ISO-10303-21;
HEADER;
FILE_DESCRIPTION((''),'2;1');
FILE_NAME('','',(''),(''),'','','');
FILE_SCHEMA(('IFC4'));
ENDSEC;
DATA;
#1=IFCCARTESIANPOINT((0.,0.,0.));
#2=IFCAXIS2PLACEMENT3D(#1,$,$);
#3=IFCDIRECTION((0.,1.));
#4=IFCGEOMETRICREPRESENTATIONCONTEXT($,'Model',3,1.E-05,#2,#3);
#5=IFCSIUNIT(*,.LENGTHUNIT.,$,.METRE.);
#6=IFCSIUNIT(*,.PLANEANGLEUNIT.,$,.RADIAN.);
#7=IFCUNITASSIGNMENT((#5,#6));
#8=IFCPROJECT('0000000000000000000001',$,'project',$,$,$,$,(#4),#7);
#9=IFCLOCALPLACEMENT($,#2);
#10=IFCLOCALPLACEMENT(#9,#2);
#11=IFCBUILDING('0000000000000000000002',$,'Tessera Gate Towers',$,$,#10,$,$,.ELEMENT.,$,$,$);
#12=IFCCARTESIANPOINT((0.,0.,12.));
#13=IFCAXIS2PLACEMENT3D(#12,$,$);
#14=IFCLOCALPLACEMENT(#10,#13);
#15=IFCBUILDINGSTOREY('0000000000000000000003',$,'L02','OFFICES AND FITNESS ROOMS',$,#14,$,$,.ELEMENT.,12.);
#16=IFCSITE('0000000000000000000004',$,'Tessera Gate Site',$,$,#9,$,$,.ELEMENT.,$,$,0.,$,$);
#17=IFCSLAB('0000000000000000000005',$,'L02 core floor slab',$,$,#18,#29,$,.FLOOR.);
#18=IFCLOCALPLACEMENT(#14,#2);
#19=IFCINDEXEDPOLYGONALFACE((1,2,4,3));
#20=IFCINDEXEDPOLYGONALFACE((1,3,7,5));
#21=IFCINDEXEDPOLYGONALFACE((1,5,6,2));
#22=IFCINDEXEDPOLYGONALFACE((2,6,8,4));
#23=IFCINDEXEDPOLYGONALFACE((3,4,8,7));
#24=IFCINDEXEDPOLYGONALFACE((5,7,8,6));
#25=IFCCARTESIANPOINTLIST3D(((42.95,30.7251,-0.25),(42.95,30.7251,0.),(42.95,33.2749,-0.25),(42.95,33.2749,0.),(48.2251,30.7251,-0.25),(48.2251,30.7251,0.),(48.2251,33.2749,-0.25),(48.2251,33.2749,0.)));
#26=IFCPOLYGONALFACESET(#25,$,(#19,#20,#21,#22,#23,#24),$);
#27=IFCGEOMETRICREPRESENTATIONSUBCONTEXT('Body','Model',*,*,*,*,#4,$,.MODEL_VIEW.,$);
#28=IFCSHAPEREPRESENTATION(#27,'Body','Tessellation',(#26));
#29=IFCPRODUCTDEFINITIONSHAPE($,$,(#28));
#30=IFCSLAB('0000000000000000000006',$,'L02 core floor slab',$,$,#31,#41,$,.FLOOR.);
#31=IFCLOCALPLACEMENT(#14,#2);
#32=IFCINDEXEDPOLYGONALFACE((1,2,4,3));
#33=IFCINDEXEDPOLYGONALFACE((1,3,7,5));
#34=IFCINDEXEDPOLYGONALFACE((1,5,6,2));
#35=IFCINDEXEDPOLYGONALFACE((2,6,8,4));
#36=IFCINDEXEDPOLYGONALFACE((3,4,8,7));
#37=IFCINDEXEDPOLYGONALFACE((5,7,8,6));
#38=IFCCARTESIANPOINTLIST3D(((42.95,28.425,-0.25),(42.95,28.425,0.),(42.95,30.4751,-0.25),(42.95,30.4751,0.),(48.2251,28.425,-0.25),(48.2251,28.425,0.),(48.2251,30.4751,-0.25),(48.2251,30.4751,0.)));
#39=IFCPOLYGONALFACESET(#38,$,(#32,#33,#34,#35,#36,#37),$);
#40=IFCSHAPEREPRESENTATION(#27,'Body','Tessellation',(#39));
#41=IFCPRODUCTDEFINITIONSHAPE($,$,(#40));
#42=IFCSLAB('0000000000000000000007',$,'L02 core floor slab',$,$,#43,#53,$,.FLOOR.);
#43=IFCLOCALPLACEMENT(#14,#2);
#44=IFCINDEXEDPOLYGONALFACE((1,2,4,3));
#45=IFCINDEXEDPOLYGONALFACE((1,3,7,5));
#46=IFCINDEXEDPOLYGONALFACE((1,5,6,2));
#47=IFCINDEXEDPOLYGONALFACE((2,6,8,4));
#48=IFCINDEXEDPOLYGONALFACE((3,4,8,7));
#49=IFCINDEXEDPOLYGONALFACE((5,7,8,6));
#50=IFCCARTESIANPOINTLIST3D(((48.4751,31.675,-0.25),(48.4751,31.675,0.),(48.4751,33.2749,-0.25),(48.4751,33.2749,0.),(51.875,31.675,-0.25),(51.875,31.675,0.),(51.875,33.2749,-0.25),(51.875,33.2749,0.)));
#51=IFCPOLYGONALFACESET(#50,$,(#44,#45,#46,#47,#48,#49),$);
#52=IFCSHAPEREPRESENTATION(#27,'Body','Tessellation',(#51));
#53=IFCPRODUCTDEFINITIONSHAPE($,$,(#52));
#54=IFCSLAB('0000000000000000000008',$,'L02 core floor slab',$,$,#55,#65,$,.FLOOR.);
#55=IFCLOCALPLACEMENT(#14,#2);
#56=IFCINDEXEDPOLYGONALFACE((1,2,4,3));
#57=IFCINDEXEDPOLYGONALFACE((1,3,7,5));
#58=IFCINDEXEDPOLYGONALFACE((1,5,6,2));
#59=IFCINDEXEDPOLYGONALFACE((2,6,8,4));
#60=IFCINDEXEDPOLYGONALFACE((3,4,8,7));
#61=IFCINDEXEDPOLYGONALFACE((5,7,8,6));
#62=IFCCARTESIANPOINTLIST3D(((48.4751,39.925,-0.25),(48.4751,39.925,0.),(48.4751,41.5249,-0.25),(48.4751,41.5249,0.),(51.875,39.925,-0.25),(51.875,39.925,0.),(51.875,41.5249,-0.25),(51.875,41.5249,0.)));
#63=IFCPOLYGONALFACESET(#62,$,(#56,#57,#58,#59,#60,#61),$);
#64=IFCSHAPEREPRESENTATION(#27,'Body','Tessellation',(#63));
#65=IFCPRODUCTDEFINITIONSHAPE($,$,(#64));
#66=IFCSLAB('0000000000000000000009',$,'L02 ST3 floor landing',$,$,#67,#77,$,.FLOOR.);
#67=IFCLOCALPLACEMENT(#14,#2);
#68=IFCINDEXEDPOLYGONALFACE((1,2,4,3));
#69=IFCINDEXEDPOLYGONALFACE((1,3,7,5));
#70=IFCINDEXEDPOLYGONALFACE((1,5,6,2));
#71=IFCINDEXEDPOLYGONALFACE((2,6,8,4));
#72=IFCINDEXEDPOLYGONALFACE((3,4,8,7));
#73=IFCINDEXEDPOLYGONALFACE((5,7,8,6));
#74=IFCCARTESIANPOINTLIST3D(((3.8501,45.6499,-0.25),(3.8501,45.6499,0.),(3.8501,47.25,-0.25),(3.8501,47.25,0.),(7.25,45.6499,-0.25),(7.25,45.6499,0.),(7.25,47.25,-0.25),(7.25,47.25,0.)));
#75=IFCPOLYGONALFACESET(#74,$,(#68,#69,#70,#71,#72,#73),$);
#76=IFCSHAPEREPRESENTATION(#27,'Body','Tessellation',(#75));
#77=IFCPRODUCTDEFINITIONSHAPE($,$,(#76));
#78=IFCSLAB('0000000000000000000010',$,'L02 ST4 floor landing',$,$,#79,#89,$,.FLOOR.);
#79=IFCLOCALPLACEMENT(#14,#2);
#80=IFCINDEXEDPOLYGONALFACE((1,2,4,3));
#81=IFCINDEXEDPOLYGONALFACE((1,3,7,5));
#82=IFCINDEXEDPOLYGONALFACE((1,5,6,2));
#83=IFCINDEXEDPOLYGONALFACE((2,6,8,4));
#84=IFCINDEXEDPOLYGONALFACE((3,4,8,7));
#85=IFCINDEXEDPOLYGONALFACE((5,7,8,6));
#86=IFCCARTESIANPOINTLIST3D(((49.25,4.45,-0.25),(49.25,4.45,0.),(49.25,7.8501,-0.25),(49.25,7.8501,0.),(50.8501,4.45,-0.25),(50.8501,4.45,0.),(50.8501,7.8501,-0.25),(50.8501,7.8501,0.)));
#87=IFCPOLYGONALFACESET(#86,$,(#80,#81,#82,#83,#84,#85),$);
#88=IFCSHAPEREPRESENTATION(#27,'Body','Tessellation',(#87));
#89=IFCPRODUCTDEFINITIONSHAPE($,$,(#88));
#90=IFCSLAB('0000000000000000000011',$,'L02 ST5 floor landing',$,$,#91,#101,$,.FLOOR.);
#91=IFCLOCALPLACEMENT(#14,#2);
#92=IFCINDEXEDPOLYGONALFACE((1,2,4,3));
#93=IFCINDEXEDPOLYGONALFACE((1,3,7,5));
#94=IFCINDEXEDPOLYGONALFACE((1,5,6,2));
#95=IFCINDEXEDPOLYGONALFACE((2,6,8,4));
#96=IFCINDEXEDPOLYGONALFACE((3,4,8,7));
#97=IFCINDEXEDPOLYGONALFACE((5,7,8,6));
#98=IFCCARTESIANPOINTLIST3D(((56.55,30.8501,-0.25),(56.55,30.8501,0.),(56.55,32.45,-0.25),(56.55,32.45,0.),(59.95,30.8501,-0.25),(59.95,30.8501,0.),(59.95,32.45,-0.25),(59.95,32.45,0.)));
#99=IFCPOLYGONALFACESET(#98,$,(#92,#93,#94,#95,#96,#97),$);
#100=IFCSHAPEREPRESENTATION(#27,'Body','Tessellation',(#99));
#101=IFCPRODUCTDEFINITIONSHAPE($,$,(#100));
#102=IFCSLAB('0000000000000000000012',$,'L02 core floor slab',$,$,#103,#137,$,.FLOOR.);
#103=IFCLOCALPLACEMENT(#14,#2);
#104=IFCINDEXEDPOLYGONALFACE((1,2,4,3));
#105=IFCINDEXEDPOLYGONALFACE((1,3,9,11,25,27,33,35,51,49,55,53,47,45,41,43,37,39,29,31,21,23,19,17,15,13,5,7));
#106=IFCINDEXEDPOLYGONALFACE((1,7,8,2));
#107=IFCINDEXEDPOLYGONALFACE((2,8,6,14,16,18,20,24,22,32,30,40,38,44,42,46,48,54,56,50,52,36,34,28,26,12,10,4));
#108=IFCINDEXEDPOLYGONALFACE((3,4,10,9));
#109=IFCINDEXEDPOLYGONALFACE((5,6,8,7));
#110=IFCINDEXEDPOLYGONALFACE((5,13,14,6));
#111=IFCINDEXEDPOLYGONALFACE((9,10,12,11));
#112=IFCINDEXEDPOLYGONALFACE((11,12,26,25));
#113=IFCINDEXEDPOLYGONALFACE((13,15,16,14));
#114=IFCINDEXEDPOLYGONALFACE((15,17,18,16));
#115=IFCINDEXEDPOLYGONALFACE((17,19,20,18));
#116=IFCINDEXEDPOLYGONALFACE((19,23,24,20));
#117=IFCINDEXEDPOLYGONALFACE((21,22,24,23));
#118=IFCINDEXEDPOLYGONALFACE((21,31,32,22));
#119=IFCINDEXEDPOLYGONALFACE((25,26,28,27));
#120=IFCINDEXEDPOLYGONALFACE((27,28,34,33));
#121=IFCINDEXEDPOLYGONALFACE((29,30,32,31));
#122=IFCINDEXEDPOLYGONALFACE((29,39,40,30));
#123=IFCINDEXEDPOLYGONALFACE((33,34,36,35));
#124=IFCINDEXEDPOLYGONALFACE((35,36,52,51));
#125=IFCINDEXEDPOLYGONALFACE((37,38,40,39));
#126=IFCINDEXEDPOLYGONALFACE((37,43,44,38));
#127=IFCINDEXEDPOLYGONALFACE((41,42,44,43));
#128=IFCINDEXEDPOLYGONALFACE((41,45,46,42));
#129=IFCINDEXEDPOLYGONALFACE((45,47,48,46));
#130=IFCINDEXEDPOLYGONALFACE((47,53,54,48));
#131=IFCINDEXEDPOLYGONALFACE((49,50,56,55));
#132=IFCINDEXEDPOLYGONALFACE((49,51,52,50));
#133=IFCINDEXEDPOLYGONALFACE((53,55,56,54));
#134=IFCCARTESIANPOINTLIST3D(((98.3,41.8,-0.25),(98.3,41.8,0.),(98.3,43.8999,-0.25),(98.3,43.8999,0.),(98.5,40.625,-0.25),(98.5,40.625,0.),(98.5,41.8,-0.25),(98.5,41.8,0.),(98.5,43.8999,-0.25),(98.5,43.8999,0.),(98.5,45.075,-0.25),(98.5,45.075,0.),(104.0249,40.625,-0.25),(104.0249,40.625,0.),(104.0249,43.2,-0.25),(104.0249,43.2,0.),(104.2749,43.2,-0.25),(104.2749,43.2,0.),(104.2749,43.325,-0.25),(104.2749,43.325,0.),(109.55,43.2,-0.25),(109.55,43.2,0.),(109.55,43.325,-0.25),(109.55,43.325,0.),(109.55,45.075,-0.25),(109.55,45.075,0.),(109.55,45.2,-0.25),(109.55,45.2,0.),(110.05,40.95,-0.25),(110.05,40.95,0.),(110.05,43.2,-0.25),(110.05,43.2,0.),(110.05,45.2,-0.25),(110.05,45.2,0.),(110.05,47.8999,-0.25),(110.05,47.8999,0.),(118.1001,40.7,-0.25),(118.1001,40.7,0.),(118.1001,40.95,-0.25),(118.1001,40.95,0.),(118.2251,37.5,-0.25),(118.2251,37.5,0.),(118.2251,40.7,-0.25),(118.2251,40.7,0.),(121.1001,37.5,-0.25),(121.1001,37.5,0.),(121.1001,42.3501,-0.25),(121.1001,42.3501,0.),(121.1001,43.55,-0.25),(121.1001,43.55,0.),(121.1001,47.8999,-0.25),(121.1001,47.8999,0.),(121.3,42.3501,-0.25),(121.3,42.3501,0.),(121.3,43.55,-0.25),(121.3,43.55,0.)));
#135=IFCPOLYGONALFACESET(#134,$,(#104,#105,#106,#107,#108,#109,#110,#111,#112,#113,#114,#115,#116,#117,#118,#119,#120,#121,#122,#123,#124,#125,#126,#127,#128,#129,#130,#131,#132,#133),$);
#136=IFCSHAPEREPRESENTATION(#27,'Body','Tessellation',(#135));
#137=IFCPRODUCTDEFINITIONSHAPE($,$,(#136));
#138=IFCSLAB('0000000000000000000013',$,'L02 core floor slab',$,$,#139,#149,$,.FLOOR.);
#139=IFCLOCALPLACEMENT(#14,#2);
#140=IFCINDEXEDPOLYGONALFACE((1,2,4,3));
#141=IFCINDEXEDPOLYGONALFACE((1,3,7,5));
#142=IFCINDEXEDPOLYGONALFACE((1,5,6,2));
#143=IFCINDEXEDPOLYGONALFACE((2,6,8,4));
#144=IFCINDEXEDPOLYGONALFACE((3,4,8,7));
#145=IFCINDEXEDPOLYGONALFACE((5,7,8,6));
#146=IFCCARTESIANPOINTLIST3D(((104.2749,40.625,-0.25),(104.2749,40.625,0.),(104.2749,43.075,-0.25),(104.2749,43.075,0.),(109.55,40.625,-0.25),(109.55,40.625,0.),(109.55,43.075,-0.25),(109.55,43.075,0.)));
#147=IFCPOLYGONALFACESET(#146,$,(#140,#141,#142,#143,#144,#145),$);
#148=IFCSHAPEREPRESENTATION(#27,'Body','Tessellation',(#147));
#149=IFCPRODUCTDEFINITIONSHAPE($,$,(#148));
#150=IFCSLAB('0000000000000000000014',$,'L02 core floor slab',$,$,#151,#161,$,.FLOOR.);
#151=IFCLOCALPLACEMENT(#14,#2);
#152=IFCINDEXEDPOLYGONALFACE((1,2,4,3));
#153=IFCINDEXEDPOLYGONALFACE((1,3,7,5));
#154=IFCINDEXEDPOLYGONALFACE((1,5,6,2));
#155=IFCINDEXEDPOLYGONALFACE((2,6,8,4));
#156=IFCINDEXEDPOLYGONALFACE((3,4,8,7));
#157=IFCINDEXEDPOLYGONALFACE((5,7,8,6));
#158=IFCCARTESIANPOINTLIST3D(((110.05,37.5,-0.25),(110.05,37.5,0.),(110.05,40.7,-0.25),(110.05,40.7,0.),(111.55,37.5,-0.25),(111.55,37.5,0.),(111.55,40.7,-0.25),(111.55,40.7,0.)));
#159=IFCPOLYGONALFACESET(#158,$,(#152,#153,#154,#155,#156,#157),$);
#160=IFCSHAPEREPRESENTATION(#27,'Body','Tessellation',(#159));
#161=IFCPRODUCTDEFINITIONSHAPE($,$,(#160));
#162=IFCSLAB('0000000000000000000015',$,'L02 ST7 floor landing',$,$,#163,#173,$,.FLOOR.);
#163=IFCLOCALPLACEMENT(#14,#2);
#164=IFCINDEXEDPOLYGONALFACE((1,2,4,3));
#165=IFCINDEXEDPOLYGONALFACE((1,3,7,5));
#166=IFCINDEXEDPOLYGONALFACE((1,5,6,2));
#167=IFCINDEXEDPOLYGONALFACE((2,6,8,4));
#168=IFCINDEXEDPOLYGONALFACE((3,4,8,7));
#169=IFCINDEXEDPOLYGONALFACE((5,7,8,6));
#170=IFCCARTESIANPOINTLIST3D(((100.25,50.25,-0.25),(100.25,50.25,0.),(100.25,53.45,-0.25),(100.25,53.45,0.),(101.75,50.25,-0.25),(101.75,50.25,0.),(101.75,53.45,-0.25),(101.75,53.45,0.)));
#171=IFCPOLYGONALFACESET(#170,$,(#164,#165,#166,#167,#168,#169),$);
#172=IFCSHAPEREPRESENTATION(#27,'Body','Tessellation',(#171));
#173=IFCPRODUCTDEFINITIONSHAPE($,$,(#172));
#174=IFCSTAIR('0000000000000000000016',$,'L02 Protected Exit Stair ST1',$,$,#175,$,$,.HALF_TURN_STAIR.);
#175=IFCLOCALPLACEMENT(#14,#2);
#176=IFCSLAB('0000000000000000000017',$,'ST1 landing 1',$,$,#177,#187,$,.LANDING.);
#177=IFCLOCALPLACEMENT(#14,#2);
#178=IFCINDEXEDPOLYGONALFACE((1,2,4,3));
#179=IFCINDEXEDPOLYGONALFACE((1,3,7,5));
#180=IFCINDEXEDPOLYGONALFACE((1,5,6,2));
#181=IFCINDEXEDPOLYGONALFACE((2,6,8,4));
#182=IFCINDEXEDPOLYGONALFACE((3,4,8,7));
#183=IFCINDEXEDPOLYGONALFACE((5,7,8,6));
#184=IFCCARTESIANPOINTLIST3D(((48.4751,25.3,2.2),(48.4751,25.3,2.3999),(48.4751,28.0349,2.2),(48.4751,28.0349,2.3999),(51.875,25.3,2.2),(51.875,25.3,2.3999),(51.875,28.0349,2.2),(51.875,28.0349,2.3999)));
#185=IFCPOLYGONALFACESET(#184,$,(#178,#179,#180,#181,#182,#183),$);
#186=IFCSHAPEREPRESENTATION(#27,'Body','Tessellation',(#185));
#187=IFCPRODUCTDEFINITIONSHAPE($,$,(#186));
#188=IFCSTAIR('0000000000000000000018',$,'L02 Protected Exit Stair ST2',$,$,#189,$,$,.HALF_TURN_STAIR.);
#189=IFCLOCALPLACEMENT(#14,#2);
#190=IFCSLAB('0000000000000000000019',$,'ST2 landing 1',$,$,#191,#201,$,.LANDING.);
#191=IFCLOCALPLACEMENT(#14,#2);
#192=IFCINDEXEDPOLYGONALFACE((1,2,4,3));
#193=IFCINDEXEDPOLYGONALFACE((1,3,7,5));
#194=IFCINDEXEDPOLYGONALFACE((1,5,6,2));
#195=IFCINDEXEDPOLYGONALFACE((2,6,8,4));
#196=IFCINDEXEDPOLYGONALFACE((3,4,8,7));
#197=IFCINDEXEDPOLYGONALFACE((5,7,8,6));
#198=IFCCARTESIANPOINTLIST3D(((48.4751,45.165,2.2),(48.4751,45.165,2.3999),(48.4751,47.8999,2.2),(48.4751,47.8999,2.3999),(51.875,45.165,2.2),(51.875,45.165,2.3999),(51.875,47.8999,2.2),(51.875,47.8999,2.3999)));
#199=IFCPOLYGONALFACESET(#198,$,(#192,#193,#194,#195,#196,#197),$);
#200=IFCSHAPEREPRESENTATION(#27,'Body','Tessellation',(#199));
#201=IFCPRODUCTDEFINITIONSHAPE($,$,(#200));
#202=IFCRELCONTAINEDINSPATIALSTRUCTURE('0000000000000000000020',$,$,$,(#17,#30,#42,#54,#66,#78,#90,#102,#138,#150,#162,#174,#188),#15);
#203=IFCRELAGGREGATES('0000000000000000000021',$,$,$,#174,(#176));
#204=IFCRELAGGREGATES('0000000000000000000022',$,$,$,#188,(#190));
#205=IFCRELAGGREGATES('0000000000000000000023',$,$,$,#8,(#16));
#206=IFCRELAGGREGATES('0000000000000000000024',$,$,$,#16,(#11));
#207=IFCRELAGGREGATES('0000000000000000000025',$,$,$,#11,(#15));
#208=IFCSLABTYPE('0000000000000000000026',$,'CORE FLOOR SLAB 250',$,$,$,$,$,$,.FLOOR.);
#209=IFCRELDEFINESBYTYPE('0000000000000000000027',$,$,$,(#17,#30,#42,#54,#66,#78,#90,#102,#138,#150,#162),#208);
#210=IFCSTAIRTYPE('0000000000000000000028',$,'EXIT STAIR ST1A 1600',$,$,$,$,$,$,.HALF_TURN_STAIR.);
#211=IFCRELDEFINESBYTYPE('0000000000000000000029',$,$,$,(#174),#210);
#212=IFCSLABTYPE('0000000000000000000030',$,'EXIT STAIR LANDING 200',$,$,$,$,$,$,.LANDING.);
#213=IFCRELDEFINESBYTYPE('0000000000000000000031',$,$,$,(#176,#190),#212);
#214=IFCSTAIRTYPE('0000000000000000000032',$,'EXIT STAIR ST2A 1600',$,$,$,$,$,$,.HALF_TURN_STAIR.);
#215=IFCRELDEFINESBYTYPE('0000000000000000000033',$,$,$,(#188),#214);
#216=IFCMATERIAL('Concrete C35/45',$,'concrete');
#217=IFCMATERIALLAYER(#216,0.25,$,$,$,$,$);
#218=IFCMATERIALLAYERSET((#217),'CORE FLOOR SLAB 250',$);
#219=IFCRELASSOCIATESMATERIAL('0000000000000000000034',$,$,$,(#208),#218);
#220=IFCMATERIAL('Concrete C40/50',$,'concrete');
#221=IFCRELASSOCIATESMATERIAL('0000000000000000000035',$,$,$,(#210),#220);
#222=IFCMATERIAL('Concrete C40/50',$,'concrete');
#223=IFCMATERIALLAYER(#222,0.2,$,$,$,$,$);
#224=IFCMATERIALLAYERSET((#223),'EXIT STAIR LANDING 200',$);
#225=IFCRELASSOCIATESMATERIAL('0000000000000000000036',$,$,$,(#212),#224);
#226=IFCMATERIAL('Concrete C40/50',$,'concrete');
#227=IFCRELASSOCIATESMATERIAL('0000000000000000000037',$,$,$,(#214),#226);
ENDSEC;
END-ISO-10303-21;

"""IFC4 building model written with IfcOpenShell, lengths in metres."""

from ifc_helpers import new_model, si_unit, direction, frame, origin, place, context, subcontext, project, spatial, polyline, outline, extrude, material, layer, layer_set, type_object, element, aggregate, save


model = new_model("IFC4")

# Units and contexts
model_context = context("Model", 3, precision=1e-05, world=origin(), true_north=direction((0.0, 1.0)))
body_context = subcontext(model_context, "Body", "Model", "MODEL_VIEW")
ifc_project = project(units=[si_unit("LENGTHUNIT", "METRE"), si_unit("PLANEANGLEUNIT", "RADIAN")], contexts=[model_context])

# Site, building, storey
site_placement = place(None, origin())
site = spatial("IfcSite", under=ifc_project, at=site_placement, Name="Tessera Gate Site", CompositionType="ELEMENT", RefElevation=0.0)
building_placement = place(site_placement, origin())
building = spatial("IfcBuilding", under=site, at=building_placement, Name="Tessera Gate Towers", CompositionType="ELEMENT")
storey_placement = place(building_placement, frame((0.0, 0.0, 12.0)))
storey = spatial("IfcBuildingStorey", under=building, at=storey_placement, Name="L02", Description="OFFICES AND FITNESS ROOMS", CompositionType="ELEMENT", Elevation=12.0)

# Slabs
ifc_material_1 = material(Name="Concrete C35/45", Category="concrete")
ifc_layer_1 = layer(ifc_material_1, 0.25)
ifc_layer_set_1 = layer_set([ifc_layer_1], Name="CORE FLOOR SLAB 250")
slab_type_1 = type_object("IfcSlabType", Name="CORE FLOOR SLAB 250", PredefinedType="FLOOR", material=ifc_layer_set_1)
slab_1_placement = place(storey_placement, frame((0.0, 0.0, -0.25)))
element("IfcSlab", 1, at=slab_1_placement, inside=storey, type_object=slab_type_1, Name="L02 core floor slab", PredefinedType="FLOOR", context=body_context, shape_type="SweptSolid", body=[
    extrude(outline(polyline([(42.95, 33.2749), (42.95, 30.7251), (48.2251, 30.7251), (48.2251, 33.2749), (42.95, 33.2749)])), origin(), (0.0, 0.0, 1.0), 0.25),
])
slab_2_placement = place(storey_placement, frame((0.0, 0.0, -0.25)))
element("IfcSlab", 2, at=slab_2_placement, inside=storey, type_object=slab_type_1, Name="L02 core floor slab", PredefinedType="FLOOR", context=body_context, shape_type="SweptSolid", body=[
    extrude(outline(polyline([(42.95, 30.4751), (42.95, 28.425), (48.2251, 28.425), (48.2251, 30.4751), (42.95, 30.4751)])), origin(), (0.0, 0.0, 1.0), 0.25),
])
slab_3_placement = place(storey_placement, frame((0.0, 0.0, -0.25)))
element("IfcSlab", 3, at=slab_3_placement, inside=storey, type_object=slab_type_1, Name="L02 core floor slab", PredefinedType="FLOOR", context=body_context, shape_type="SweptSolid", body=[
    extrude(outline(polyline([(51.875, 31.675), (51.875, 33.2749), (48.4751, 33.2749), (48.4751, 31.675), (51.875, 31.675)])), origin(), (0.0, 0.0, 1.0), 0.25),
])
slab_4_placement = place(storey_placement, frame((0.0, 0.0, -0.25)))
element("IfcSlab", 4, at=slab_4_placement, inside=storey, type_object=slab_type_1, Name="L02 core floor slab", PredefinedType="FLOOR", context=body_context, shape_type="SweptSolid", body=[
    extrude(outline(polyline([(48.4751, 41.5249), (48.4751, 39.925), (51.875, 39.925), (51.875, 41.5249), (48.4751, 41.5249)])), origin(), (0.0, 0.0, 1.0), 0.25),
])
slab_5_placement = place(storey_placement, frame((0.0, 0.0, -0.25)))
element("IfcSlab", 5, at=slab_5_placement, inside=storey, type_object=slab_type_1, Name="L02 ST3 floor landing", PredefinedType="FLOOR", context=body_context, shape_type="SweptSolid", body=[
    extrude(outline(polyline([(3.8501, 47.25), (3.8501, 45.6499), (7.25, 45.6499), (7.25, 47.25), (3.8501, 47.25)])), origin(), (0.0, 0.0, 1.0), 0.25),
])
slab_6_placement = place(storey_placement, frame((0.0, 0.0, -0.25)))
element("IfcSlab", 6, at=slab_6_placement, inside=storey, type_object=slab_type_1, Name="L02 ST4 floor landing", PredefinedType="FLOOR", context=body_context, shape_type="SweptSolid", body=[
    extrude(outline(polyline([(49.25, 4.45), (50.8501, 4.45), (50.8501, 7.8501), (49.25, 7.8501), (49.25, 4.45)])), origin(), (0.0, 0.0, 1.0), 0.25),
])
slab_7_placement = place(storey_placement, frame((0.0, 0.0, -0.25)))
element("IfcSlab", 7, at=slab_7_placement, inside=storey, type_object=slab_type_1, Name="L02 ST5 floor landing", PredefinedType="FLOOR", context=body_context, shape_type="SweptSolid", body=[
    extrude(outline(polyline([(59.95, 30.8501), (59.95, 32.45), (56.55, 32.45), (56.55, 30.8501), (59.95, 30.8501)])), origin(), (0.0, 0.0, 1.0), 0.25),
])
slab_8_placement = place(storey_placement, frame((0.0, 0.0, -0.25)))
element("IfcSlab", 8, at=slab_8_placement, inside=storey, type_object=slab_type_1, Name="L02 core floor slab", PredefinedType="FLOOR", context=body_context, shape_type="SweptSolid", body=[
    extrude(outline(polyline([(109.55, 45.2), (109.55, 45.075), (98.5, 45.075), (98.5, 43.8999), (98.3, 43.8999), (98.3, 41.8), (98.5, 41.8), (98.5, 40.625), (104.0249, 40.625), (104.0249, 43.2), (104.2749, 43.2), (104.2749, 43.325), (109.55, 43.325), (109.55, 43.2), (110.05, 43.2), (110.05, 40.95), (118.1001, 40.95), (118.1001, 40.7), (118.2251, 40.7), (118.2251, 37.5), (121.1001, 37.5), (121.1001, 42.3501), (121.3, 42.3501), (121.3, 43.55), (121.1001, 43.55), (121.1001, 47.8999), (110.05, 47.8999), (110.05, 45.2), (109.55, 45.2)])), origin(), (0.0, 0.0, 1.0), 0.25),
])
slab_9_placement = place(storey_placement, frame((0.0, 0.0, -0.25)))
element("IfcSlab", 9, at=slab_9_placement, inside=storey, type_object=slab_type_1, Name="L02 core floor slab", PredefinedType="FLOOR", context=body_context, shape_type="SweptSolid", body=[
    extrude(outline(polyline([(109.55, 43.075), (104.2749, 43.075), (104.2749, 40.625), (109.55, 40.625), (109.55, 43.075)])), origin(), (0.0, 0.0, 1.0), 0.25),
])
slab_10_placement = place(storey_placement, frame((0.0, 0.0, -0.25)))
element("IfcSlab", 10, at=slab_10_placement, inside=storey, type_object=slab_type_1, Name="L02 core floor slab", PredefinedType="FLOOR", context=body_context, shape_type="SweptSolid", body=[
    extrude(outline(polyline([(111.55, 37.5), (111.55, 40.7), (110.05, 40.7), (110.05, 37.5), (111.55, 37.5)])), origin(), (0.0, 0.0, 1.0), 0.25),
])
slab_11_placement = place(storey_placement, frame((0.0, 0.0, -0.25)))
element("IfcSlab", 11, at=slab_11_placement, inside=storey, type_object=slab_type_1, Name="L02 ST7 floor landing", PredefinedType="FLOOR", context=body_context, shape_type="SweptSolid", body=[
    extrude(outline(polyline([(100.25, 50.25), (101.75, 50.25), (101.75, 53.45), (100.25, 53.45), (100.25, 50.25)])), origin(), (0.0, 0.0, 1.0), 0.25),
])

# Stairs, slabs
ifc_material_2 = material(Name="Concrete C40/50", Category="concrete")
stair_type_1 = type_object("IfcStairType", Name="EXIT STAIR ST1A 1600", PredefinedType="HALF_TURN_STAIR", material=ifc_material_2)
stair_1_placement = place(storey_placement, origin())
stair_1 = element("IfcStair", 12, at=stair_1_placement, inside=storey, type_object=stair_type_1, Name="L02 Protected Exit Stair ST1", PredefinedType="HALF_TURN_STAIR")
ifc_material_3 = material(Name="Concrete C40/50", Category="concrete")
ifc_layer_2 = layer(ifc_material_3, 0.2)
ifc_layer_set_2 = layer_set([ifc_layer_2], Name="EXIT STAIR LANDING 200")
slab_type_2 = type_object("IfcSlabType", Name="EXIT STAIR LANDING 200", PredefinedType="LANDING", material=ifc_layer_set_2)
slab_12_placement = place(storey_placement, frame((0.0, 0.0, 2.2)))
slab_12 = element("IfcSlab", 13, at=slab_12_placement, type_object=slab_type_2, Name="ST1 landing 1", PredefinedType="LANDING", context=body_context, shape_type="SweptSolid", body=[
    extrude(outline(polyline([(48.4751, 28.0349), (48.4751, 25.3), (51.875, 25.3), (51.875, 28.0349), (48.4751, 28.0349)])), origin(), (0.0, 0.0, 1.0), 0.2),
])
aggregate(stair_1, [slab_12])
ifc_material_4 = material(Name="Concrete C40/50", Category="concrete")
stair_type_2 = type_object("IfcStairType", Name="EXIT STAIR ST2A 1600", PredefinedType="HALF_TURN_STAIR", material=ifc_material_4)
stair_2_placement = place(storey_placement, origin())
stair_2 = element("IfcStair", 14, at=stair_2_placement, inside=storey, type_object=stair_type_2, Name="L02 Protected Exit Stair ST2", PredefinedType="HALF_TURN_STAIR")
slab_13_placement = place(storey_placement, frame((0.0, 0.0, 2.2)))
slab_13 = element("IfcSlab", 15, at=slab_13_placement, type_object=slab_type_2, Name="ST2 landing 1", PredefinedType="LANDING", context=body_context, shape_type="SweptSolid", body=[
    extrude(outline(polyline([(51.875, 45.165), (51.875, 47.8999), (48.4751, 47.8999), (48.4751, 45.165), (51.875, 45.165)])), origin(), (0.0, 0.0, 1.0), 0.2),
])
aggregate(stair_2, [slab_13])

save(model, "model.ifc")
